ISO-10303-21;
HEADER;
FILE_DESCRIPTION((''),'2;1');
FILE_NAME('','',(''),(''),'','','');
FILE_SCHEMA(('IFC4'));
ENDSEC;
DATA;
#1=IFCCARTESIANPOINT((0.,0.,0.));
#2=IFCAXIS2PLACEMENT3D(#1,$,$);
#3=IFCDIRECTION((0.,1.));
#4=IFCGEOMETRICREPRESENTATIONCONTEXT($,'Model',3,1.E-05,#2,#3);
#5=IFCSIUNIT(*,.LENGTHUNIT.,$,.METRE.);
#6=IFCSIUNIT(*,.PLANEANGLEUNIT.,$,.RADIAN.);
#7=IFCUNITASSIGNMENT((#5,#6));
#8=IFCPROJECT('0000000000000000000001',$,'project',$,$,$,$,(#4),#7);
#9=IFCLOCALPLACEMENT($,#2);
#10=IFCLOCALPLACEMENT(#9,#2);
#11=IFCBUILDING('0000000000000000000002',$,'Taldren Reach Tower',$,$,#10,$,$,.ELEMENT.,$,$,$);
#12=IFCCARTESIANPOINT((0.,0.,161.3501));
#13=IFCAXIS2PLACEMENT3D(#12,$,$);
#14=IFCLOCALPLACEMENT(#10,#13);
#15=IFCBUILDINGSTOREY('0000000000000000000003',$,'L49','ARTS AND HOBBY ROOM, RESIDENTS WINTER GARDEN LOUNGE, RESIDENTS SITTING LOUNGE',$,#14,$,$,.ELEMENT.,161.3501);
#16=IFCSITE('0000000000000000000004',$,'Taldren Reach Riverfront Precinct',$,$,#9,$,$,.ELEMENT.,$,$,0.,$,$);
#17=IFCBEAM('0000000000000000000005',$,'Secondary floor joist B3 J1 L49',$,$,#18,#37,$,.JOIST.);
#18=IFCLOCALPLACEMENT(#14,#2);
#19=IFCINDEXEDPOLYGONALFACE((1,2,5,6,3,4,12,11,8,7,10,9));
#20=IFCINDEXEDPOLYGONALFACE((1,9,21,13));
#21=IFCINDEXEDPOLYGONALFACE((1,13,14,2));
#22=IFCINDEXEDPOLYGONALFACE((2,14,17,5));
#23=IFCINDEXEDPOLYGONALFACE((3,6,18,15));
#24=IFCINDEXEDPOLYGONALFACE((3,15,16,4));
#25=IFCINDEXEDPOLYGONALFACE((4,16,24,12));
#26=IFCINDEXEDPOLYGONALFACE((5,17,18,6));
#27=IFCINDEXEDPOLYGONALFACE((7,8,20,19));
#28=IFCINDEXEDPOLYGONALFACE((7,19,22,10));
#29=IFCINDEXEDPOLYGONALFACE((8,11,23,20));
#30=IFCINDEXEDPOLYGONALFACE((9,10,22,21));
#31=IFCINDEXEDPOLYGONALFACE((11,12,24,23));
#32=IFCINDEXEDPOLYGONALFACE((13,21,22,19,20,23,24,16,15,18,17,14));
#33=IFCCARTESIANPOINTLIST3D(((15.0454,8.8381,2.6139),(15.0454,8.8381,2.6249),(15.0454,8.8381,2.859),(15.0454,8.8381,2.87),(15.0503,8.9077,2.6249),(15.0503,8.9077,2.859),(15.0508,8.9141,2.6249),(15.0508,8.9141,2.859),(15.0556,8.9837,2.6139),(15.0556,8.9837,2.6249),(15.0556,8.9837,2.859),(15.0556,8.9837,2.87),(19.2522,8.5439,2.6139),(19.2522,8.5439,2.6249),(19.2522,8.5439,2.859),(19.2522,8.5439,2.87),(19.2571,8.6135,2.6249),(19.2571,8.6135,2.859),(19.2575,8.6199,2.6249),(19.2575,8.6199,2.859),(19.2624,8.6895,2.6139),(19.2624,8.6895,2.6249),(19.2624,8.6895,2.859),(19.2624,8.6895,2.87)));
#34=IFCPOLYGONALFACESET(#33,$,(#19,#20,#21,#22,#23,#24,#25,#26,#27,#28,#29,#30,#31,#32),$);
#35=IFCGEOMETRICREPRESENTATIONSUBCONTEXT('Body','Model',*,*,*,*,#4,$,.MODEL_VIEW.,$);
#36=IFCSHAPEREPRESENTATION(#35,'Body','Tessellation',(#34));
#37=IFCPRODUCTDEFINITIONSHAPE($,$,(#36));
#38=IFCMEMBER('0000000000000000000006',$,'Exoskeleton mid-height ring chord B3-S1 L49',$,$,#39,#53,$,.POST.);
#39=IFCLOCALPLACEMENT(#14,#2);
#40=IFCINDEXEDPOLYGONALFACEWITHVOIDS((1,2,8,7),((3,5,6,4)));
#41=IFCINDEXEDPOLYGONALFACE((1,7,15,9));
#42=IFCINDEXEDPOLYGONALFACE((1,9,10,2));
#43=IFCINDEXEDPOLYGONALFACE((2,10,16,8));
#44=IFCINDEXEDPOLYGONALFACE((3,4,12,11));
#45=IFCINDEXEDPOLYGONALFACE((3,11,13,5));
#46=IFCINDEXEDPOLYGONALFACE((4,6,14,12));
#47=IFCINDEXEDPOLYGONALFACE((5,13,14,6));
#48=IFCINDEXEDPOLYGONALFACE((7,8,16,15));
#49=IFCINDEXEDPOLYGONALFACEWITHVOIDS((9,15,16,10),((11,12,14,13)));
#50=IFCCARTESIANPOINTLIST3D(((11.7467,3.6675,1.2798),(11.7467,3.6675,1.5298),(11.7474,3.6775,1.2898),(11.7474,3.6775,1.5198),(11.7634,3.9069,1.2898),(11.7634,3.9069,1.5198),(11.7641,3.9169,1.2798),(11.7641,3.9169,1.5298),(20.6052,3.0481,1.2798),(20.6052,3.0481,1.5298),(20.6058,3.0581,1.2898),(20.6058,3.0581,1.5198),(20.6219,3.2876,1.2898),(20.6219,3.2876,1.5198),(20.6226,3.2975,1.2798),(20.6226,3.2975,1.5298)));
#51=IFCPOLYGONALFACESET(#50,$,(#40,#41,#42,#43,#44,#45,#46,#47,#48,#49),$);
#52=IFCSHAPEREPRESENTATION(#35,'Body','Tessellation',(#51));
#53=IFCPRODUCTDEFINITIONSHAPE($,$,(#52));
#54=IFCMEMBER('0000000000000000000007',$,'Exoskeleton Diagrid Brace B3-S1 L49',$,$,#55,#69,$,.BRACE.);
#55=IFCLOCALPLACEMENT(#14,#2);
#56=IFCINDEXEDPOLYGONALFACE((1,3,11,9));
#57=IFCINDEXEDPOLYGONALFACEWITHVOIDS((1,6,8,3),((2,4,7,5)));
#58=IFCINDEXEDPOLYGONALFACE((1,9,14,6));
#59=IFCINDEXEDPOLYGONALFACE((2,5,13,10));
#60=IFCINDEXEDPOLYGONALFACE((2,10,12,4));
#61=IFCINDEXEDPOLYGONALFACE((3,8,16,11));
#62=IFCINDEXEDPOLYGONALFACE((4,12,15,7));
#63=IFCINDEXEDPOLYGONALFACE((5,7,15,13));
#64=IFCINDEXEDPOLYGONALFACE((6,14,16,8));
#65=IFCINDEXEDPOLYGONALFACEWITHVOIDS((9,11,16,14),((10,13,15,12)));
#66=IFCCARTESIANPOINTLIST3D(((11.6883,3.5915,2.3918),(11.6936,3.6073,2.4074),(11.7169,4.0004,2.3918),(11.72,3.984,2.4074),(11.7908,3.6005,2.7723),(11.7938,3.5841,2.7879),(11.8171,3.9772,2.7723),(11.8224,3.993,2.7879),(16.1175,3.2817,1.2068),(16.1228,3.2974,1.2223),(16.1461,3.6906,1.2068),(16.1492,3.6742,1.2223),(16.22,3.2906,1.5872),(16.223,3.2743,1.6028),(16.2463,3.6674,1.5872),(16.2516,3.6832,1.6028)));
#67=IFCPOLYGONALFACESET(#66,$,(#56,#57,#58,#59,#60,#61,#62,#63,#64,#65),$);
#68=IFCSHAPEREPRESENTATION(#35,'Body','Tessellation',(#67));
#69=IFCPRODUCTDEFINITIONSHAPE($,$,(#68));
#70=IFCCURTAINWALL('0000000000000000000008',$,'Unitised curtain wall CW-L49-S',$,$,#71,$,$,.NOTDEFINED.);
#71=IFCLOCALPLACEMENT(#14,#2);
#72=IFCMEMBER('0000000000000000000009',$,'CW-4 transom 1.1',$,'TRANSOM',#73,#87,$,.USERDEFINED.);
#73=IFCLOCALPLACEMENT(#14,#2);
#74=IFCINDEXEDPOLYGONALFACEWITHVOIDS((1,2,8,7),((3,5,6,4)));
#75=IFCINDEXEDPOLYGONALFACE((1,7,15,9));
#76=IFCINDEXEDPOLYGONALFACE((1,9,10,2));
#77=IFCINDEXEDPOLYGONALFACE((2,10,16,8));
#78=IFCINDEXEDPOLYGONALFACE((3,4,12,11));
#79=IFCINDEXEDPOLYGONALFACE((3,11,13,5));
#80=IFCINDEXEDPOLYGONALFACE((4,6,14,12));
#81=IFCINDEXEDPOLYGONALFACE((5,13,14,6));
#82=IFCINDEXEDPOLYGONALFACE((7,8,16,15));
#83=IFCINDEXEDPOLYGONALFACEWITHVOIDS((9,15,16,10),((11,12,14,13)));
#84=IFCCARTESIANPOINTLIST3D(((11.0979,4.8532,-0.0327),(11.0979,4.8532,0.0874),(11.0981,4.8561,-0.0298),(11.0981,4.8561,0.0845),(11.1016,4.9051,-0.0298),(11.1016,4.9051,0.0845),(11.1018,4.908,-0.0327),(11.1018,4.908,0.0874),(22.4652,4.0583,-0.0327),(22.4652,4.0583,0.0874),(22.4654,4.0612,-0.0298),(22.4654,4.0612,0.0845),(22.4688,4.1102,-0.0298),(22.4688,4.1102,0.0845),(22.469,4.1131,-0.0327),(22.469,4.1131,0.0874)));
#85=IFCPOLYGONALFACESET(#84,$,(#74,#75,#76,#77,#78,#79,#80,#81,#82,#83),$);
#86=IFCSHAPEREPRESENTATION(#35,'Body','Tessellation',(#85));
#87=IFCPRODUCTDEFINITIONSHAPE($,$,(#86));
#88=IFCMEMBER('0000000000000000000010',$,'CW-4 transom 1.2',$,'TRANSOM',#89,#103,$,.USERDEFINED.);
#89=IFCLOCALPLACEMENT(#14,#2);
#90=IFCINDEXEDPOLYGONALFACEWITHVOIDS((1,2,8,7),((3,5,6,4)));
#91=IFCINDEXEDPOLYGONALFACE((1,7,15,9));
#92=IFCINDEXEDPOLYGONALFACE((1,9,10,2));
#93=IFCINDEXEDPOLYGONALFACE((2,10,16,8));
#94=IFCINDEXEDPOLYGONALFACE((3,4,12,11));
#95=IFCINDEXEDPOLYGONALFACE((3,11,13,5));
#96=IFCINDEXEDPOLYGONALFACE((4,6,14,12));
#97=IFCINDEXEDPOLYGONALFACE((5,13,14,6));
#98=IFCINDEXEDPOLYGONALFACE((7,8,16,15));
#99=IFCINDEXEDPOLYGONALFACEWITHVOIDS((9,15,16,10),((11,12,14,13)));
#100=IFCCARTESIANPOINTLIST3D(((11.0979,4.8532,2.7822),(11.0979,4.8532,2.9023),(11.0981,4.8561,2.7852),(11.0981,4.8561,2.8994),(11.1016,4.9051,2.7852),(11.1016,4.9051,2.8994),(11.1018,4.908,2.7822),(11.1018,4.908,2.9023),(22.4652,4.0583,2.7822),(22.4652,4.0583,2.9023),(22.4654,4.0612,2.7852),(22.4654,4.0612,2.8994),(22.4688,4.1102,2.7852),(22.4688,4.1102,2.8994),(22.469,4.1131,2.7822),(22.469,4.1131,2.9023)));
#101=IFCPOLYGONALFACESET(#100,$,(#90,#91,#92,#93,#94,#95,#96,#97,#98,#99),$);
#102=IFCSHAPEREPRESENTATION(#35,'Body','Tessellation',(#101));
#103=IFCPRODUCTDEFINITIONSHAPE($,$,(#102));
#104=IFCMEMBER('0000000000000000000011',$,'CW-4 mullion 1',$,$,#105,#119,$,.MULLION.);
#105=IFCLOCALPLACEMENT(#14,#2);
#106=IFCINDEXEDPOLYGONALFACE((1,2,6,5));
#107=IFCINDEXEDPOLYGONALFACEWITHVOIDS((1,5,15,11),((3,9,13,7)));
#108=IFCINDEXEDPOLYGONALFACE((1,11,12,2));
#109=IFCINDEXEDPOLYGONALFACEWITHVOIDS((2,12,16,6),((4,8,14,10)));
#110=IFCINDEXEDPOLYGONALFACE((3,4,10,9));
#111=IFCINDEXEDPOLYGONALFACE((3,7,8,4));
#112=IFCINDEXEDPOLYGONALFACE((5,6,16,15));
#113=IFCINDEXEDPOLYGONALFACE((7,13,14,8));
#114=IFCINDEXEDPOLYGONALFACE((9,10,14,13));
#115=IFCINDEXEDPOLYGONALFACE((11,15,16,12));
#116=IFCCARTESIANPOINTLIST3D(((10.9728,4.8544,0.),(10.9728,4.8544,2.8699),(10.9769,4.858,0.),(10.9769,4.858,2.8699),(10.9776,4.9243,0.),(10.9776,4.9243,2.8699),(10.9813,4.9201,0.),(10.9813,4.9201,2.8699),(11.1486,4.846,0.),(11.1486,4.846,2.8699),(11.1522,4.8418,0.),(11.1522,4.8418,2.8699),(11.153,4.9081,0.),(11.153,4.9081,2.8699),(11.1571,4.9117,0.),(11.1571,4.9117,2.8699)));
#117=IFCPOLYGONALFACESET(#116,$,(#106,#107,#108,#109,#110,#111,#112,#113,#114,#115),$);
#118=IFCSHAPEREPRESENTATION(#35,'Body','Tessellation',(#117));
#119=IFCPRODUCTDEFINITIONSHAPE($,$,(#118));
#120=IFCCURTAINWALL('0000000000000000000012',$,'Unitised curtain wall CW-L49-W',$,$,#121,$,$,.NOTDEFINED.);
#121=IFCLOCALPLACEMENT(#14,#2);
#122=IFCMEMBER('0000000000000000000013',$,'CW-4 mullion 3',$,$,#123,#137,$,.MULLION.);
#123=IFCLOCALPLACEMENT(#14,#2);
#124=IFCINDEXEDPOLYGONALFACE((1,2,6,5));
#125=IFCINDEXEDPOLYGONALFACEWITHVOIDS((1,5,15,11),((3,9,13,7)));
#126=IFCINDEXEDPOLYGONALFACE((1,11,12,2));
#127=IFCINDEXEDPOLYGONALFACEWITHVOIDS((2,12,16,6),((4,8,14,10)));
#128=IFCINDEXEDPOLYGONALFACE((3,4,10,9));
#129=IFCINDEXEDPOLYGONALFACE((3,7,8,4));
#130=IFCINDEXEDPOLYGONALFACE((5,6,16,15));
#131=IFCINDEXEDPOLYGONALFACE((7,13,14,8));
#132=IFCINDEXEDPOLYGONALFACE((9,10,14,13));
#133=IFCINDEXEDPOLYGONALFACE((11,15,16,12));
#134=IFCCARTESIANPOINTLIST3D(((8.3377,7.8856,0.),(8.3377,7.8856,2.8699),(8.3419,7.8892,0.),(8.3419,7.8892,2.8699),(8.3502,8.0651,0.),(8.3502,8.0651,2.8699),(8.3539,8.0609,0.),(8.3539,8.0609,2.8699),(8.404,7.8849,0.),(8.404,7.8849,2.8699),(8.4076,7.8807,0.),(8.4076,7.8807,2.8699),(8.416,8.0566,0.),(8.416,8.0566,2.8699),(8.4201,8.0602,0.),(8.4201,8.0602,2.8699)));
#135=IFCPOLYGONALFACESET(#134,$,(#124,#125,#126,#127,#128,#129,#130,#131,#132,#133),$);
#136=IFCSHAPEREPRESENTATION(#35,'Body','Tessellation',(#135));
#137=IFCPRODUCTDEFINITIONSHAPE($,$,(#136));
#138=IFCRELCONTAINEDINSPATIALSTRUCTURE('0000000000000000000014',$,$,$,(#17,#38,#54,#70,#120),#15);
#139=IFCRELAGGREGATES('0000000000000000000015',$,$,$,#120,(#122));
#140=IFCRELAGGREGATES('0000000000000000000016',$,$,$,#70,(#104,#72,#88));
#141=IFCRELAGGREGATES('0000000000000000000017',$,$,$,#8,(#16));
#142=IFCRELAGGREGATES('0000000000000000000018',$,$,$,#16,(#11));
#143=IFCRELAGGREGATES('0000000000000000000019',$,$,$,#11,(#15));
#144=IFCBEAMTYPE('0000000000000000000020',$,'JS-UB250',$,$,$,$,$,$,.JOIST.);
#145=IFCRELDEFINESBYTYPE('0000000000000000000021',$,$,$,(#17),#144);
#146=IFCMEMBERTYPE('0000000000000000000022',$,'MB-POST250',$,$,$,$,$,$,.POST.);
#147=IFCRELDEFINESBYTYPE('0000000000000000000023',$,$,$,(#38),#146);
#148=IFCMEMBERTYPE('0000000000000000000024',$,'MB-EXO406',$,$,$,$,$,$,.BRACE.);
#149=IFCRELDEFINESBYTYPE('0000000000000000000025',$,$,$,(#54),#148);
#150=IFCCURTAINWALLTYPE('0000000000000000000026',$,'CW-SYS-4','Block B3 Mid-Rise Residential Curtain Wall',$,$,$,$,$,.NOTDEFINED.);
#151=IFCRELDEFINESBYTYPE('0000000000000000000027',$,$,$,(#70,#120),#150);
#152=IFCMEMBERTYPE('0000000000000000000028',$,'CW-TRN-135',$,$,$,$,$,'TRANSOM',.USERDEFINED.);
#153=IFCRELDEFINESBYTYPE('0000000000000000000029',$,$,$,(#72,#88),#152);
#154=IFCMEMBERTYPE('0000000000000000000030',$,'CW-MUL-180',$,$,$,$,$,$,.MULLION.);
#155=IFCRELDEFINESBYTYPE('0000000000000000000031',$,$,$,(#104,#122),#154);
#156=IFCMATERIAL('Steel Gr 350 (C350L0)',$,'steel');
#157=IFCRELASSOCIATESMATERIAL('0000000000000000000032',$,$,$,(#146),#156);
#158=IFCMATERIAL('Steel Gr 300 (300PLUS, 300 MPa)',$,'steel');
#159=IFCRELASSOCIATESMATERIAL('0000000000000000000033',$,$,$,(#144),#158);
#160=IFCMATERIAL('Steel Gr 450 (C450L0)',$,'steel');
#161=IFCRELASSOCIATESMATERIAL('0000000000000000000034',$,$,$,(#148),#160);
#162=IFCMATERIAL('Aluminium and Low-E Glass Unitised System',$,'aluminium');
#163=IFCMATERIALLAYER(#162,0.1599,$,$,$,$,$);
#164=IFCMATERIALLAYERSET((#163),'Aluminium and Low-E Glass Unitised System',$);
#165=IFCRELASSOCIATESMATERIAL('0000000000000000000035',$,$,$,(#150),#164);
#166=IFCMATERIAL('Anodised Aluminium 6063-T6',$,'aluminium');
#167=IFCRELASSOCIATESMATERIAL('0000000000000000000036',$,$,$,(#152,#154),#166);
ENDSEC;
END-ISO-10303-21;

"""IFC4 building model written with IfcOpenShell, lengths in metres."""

from ifc_helpers import new_model, si_unit, direction, frame, origin, origin_2d, place, context, subcontext, project, spatial, hollow_rectangle, i_section, extrude, source, transform, mapped, material, layer, layer_set, material_profile, profile_set, type_object, element, aggregate, save


model = new_model("IFC4")

# Units and contexts
model_context = context("Model", 3, precision=1e-05, world=origin(), true_north=direction((0.0, 1.0)))
body_context = subcontext(model_context, "Body", "Model", "MODEL_VIEW")
ifc_project = project(units=[si_unit("LENGTHUNIT", "METRE"), si_unit("PLANEANGLEUNIT", "RADIAN")], contexts=[model_context])

# Site, building, storey
site_placement = place(None, origin())
site = spatial("IfcSite", under=ifc_project, at=site_placement, Name="Taldren Reach Riverfront Precinct", CompositionType="ELEMENT", RefElevation=0.0)
building_placement = place(site_placement, origin())
building = spatial("IfcBuilding", under=site, at=building_placement, Name="Taldren Reach Tower", CompositionType="ELEMENT")
storey_placement = place(building_placement, frame((0.0, 0.0, 161.3501)))
storey = spatial("IfcBuildingStorey", under=building, at=storey_placement, Name="L49", Description="ARTS AND HOBBY ROOM, RESIDENTS WINTER GARDEN LOUNGE, RESIDENTS SITTING LOUNGE", CompositionType="ELEMENT", Elevation=161.3501)

# Shared definitions
ifc_material_1 = material(Name="Steel Gr 450 (C450L0)", Category="steel")

# Shared definitions
ifc_material_2 = material(Name="Steel Gr 350 (C350L0)", Category="steel")
ifc_material_profile_1 = material_profile(ifc_material_2, hollow_rectangle(XDim=0.25, YDim=0.25, WallThickness=0.01, at=origin_2d()), Name="250x250x10.0SHS")
ifc_profile_set_1 = profile_set([ifc_material_profile_1], Name="Steel Gr 350 (C350L0)")
member_type_1 = type_object("IfcMemberType", Name="MB-POST250", PredefinedType="POST", material=ifc_profile_set_1)

# Beam
ifc_material_3 = material(Name="Steel Gr 300 (300PLUS, 300 MPa)", Category="steel")
ifc_material_profile_2 = material_profile(ifc_material_3, i_section(OverallWidth=0.146, OverallDepth=0.2561, WebThickness=0.0063, FlangeThickness=0.011, at=origin_2d()), Name="250UB37.3")
ifc_profile_set_2 = profile_set([ifc_material_profile_2], Name="Steel Gr 300 (300PLUS, 300 MPa)")
beam_type_1 = type_object("IfcBeamType", Name="JS-UB250", PredefinedType="JOIST", material=ifc_profile_set_2)
shared_shape_1 = source(origin(), body_context, "Body", "SweptSolid", [
    extrude(i_section(OverallWidth=0.146, OverallDepth=0.2561, WebThickness=0.0063, FlangeThickness=0.011, at=origin_2d()), origin(), (0.0, 0.0, 1.0), 4.217),
])
beam_1_placement = place(storey_placement, frame((15.0505, 8.9109, 2.7419), z_axis=(0.997564, -0.069762, 0.0), x_axis=(0.069762, 0.997564, 0.0)))
element("IfcBeam", 1, at=beam_1_placement, inside=storey, type_object=beam_type_1, Name="Secondary floor joist B3 J1 L49", PredefinedType="JOIST", context=body_context, shape_type="MappedRepresentation", body=[
    mapped(shared_shape_1, transform((0.0, 0.0, 0.0), scale=1.0)),
])

# Members
shared_shape_2 = source(origin(), body_context, "Body", "SweptSolid", [
    extrude(hollow_rectangle(XDim=0.25, YDim=0.25, WallThickness=0.01, at=origin_2d()), origin(), (0.0, 0.0, 1.0), 8.8801),
])
member_1_placement = place(storey_placement, frame((11.7554, 3.7922, 1.4048), z_axis=(0.997564, -0.06975, 0.0), x_axis=(0.06975, 0.997564, 0.0)))
element("IfcMember", 2, at=member_1_placement, inside=storey, type_object=member_type_1, Name="Exoskeleton mid-height ring chord B3-S1 L49", PredefinedType="POST", context=body_context, shape_type="MappedRepresentation", body=[
    mapped(shared_shape_2, transform((0.0, 0.0, 0.0), scale=1.0)),
])
ifc_material_profile_3 = material_profile(ifc_material_1, hollow_rectangle(XDim=0.4099, YDim=0.4099, WallThickness=0.0161, at=origin_2d()), Name="410x410x16.0SHS")
ifc_profile_set_3 = profile_set([ifc_material_profile_3], Name="Steel Gr 450 (C450L0)")
member_type_2 = type_object("IfcMemberType", Name="MB-EXO406", PredefinedType="BRACE", material=ifc_profile_set_3)
shared_shape_3 = source(origin(), body_context, "Body", "SweptSolid", [
    extrude(hollow_rectangle(XDim=0.4099, YDim=0.4099, WallThickness=0.0161, at=origin_2d()), origin(), (0.0, 0.0, 1.0), 4.5955),
])
member_2_placement = place(storey_placement, frame((16.1846, 3.4824, 1.4048), z_axis=(-0.963823, 0.067418, 0.257877), x_axis=(-0.069778, -0.997563, 0.0)))
element("IfcMember", 3, at=member_2_placement, inside=storey, type_object=member_type_2, Name="Exoskeleton Diagrid Brace B3-S1 L49", PredefinedType="BRACE", context=body_context, shape_type="MappedRepresentation", body=[
    mapped(shared_shape_3, transform((0.0, 0.0, 0.0), scale=1.0)),
])

# Curtain wall, members
ifc_material_4 = material(Name="Aluminium and Low-E Glass Unitised System", Category="aluminium")
ifc_layer_1 = layer(ifc_material_4, 0.1599)
ifc_layer_set_1 = layer_set([ifc_layer_1], Name="Aluminium and Low-E Glass Unitised System")
curtain_wall_type = type_object("IfcCurtainWallType", Name="CW-SYS-4", Description="Block B3 Mid-Rise Residential Curtain Wall", PredefinedType="NOTDEFINED", material=ifc_layer_set_1)
curtain_wall_1_placement = place(storey_placement, origin())
curtain_wall_1 = element("IfcCurtainWall", 4, at=curtain_wall_1_placement, inside=storey, type_object=curtain_wall_type, Name="Unitised curtain wall CW-L49-S", PredefinedType="NOTDEFINED")
ifc_material_5 = material(Name="Anodised Aluminium 6063-T6", Category="aluminium")
ifc_material_profile_4 = material_profile(ifc_material_5, hollow_rectangle(XDim=0.0549, YDim=0.1201, WallThickness=0.0029, at=origin_2d()), Name="ALU-120x55x3RHS")
ifc_profile_set_4 = profile_set([ifc_material_profile_4], Name="Anodised Aluminium 6063-T6")
member_type_3 = type_object("IfcMemberType", Name="CW-TRN-135", ElementType="TRANSOM", PredefinedType="USERDEFINED", material=ifc_profile_set_4)
shared_shape_4 = source(origin(), body_context, "Body", "SweptSolid", [
    extrude(hollow_rectangle(XDim=0.0549, YDim=0.1201, WallThickness=0.0029, at=origin_2d()), origin(), (0.0, 0.0, 1.0), 11.395),
])
member_3_placement = place(storey_placement, frame((11.0999, 4.8806, 0.0273), z_axis=(0.997564, -0.069761, 0.0), x_axis=(0.069761, 0.997564, 0.0)))
member_3 = element("IfcMember", 5, at=member_3_placement, type_object=member_type_3, Name="CW-4 transom 1.1", ObjectType="TRANSOM", PredefinedType="USERDEFINED", context=body_context, shape_type="MappedRepresentation", body=[
    mapped(shared_shape_4, transform((0.0, 0.0, 0.0), scale=1.0)),
])
member_4_placement = place(storey_placement, frame((11.0999, 4.8806, 2.8423), z_axis=(0.997564, -0.069761, 0.0), x_axis=(0.069761, 0.997564, 0.0)))
member_4 = element("IfcMember", 6, at=member_4_placement, type_object=member_type_3, Name="CW-4 transom 1.2", ObjectType="TRANSOM", PredefinedType="USERDEFINED", context=body_context, shape_type="MappedRepresentation", body=[
    mapped(shared_shape_4, transform((0.0, 0.0, 0.0), scale=1.0)),
])
ifc_material_profile_5 = material_profile(ifc_material_5, hollow_rectangle(XDim=0.0701, YDim=0.1799, WallThickness=0.0039, at=origin_2d()), Name="ALU-180x70x4RHS")
ifc_profile_set_5 = profile_set([ifc_material_profile_5], Name="Anodised Aluminium 6063-T6")
member_type_4 = type_object("IfcMemberType", Name="CW-MUL-180", PredefinedType="MULLION", material=ifc_profile_set_5)
shared_shape_5 = source(origin(), body_context, "Body", "SweptSolid", [
    extrude(hollow_rectangle(XDim=0.0701, YDim=0.1799, WallThickness=0.0039, at=origin_2d()), origin(), (0.0, 0.0, 1.0), 2.8699),
])
member_5_placement = place(storey_placement, frame((11.0649, 4.8831, 0.0), z_axis=(0.0, 0.0, 1.0), x_axis=(0.069757, 0.997564, 0.0)))
member_5 = element("IfcMember", 7, at=member_5_placement, type_object=member_type_4, Name="CW-4 mullion 1", PredefinedType="MULLION", context=body_context, shape_type="MappedRepresentation", body=[
    mapped(shared_shape_5, transform((0.0, 0.0, 0.0), scale=1.0)),
])

# Curtain wall, member
curtain_wall_2_placement = place(storey_placement, origin())
curtain_wall_2 = element("IfcCurtainWall", 8, at=curtain_wall_2_placement, inside=storey, type_object=curtain_wall_type, Name="Unitised curtain wall CW-L49-W", PredefinedType="NOTDEFINED")
member_6_placement = place(storey_placement, frame((8.3789, 7.9729, 0.0), z_axis=(0.0, 0.0, 1.0), x_axis=(0.997564, -0.069756, 0.0)))
member_6 = element("IfcMember", 9, at=member_6_placement, type_object=member_type_4, Name="CW-4 mullion 3", PredefinedType="MULLION", context=body_context, shape_type="MappedRepresentation", body=[
    mapped(shared_shape_5, transform((0.0, 0.0, 0.0), scale=1.0)),
])
aggregate(curtain_wall_2, [member_6])

aggregate(curtain_wall_1, [member_5, member_3, member_4])

save(model, "model.ifc")
